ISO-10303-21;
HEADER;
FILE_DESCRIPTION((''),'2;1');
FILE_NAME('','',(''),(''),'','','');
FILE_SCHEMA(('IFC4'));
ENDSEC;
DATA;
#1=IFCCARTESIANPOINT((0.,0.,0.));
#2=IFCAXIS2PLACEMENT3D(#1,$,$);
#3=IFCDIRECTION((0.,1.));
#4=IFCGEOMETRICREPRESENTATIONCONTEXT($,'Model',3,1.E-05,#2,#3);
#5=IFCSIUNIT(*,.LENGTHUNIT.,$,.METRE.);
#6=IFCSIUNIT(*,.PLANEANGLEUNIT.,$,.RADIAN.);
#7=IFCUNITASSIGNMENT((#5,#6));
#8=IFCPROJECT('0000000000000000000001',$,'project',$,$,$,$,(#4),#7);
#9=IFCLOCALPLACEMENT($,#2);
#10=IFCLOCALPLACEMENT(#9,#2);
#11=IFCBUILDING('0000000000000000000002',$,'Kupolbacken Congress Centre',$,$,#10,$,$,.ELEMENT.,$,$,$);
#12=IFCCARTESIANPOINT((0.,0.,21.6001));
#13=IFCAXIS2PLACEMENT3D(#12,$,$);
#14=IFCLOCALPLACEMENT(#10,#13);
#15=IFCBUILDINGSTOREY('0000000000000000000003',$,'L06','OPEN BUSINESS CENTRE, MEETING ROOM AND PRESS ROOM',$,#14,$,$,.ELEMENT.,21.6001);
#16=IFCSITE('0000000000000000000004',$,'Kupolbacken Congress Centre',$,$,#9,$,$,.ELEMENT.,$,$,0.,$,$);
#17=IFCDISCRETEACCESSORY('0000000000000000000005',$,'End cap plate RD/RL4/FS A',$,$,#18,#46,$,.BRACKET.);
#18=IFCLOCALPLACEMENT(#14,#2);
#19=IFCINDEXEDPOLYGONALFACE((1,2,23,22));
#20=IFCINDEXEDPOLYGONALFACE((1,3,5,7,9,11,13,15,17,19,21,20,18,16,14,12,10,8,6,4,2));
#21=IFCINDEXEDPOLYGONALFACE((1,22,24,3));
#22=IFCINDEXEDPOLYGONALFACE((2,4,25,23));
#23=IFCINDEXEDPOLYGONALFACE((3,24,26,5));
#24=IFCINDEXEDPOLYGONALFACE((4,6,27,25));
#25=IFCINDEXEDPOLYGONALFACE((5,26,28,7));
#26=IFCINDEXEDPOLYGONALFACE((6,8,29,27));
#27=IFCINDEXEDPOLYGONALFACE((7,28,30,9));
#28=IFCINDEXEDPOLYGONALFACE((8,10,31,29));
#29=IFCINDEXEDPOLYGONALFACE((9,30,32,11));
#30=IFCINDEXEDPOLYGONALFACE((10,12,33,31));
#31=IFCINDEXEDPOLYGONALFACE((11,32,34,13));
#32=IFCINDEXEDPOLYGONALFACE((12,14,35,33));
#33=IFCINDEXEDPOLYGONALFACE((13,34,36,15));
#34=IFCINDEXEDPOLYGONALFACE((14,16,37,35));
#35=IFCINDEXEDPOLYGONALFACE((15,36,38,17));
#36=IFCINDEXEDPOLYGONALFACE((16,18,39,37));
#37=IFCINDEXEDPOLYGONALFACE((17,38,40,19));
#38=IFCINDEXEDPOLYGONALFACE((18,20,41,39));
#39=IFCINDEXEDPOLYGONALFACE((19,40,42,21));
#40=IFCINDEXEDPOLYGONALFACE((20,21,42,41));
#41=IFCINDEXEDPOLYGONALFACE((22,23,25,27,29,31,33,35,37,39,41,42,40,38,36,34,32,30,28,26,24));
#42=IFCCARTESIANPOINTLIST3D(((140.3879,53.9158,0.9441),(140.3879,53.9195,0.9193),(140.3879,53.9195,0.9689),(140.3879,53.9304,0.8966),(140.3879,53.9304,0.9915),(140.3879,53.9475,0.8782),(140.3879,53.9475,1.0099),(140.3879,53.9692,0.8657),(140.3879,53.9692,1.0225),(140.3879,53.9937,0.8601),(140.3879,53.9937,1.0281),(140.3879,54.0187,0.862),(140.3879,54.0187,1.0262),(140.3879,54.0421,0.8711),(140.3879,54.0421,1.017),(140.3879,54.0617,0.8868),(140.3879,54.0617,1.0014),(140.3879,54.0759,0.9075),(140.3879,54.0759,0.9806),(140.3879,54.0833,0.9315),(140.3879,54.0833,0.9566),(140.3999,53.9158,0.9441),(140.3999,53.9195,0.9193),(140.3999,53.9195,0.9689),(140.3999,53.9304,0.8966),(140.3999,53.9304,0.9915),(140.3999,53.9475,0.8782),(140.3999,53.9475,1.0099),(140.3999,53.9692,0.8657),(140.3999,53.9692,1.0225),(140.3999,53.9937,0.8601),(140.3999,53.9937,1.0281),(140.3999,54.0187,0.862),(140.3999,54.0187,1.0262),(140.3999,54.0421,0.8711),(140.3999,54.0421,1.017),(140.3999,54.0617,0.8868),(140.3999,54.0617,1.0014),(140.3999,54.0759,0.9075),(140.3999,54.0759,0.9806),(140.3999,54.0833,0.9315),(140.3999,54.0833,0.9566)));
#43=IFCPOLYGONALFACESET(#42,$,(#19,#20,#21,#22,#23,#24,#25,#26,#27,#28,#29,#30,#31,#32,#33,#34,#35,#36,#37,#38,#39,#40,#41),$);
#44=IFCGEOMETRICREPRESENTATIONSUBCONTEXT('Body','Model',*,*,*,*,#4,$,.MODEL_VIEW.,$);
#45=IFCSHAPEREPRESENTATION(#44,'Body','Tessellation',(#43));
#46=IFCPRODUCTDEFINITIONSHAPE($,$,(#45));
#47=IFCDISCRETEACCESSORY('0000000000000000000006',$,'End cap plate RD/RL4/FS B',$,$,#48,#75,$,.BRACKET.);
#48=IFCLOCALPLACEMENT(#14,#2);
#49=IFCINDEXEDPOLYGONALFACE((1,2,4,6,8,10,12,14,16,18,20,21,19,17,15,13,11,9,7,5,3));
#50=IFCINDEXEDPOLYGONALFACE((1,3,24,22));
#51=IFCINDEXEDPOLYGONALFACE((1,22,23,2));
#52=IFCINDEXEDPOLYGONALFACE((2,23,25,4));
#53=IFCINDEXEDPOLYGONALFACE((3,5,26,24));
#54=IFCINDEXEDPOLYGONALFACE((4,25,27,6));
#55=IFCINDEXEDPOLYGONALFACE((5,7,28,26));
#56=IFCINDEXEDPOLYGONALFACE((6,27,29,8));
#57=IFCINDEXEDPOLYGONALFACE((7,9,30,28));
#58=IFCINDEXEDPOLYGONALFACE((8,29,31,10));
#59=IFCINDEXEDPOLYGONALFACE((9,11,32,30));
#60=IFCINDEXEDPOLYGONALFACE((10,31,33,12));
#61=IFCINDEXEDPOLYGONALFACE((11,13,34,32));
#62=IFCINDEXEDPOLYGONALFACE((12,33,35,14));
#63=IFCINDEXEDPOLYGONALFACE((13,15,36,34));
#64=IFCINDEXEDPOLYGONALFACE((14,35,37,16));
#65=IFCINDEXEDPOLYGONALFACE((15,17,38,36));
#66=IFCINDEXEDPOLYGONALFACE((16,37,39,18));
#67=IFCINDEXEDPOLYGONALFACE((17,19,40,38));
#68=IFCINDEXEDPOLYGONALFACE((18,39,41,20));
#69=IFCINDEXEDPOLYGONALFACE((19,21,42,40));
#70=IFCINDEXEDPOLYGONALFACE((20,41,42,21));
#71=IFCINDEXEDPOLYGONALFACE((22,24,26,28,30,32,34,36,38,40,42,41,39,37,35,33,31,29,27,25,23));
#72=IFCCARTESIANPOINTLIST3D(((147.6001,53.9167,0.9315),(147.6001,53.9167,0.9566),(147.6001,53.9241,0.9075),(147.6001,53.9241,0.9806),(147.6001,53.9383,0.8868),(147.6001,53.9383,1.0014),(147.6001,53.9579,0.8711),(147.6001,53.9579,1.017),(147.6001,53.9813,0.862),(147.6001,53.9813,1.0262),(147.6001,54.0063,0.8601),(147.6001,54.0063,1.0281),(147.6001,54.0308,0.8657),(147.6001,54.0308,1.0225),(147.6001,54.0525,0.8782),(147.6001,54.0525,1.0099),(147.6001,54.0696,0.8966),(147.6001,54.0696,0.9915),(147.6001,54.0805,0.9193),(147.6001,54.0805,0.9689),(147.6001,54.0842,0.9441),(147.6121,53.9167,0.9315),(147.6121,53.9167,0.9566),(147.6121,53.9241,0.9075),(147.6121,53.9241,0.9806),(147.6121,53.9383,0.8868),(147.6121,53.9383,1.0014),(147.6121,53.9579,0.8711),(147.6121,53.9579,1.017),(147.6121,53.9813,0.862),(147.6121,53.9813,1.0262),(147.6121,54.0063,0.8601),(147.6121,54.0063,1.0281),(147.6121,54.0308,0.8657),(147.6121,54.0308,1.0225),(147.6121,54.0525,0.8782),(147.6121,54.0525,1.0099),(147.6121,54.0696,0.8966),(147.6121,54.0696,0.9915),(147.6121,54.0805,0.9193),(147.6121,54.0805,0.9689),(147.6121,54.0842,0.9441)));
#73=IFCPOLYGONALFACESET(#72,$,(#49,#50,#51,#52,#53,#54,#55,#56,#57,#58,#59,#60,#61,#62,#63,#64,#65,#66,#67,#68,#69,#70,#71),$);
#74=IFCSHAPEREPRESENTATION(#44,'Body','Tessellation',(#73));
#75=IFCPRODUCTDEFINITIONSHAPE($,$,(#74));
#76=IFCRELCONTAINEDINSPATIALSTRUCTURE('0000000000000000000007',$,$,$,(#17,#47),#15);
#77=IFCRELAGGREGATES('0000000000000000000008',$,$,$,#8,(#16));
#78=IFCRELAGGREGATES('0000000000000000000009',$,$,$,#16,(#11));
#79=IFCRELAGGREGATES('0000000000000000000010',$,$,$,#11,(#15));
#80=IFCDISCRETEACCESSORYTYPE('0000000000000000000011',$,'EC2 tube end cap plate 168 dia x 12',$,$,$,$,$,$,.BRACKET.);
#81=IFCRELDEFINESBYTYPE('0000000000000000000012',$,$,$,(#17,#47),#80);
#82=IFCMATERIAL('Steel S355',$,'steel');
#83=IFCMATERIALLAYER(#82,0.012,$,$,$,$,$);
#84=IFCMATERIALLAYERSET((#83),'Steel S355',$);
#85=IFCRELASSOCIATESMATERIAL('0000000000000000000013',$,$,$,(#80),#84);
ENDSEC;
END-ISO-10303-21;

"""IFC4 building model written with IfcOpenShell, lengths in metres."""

from ifc_helpers import new_model, si_unit, direction, frame, origin, origin_2d, place, context, subcontext, project, spatial, circle, extrude, material, layer, layer_set, type_object, element, save


model = new_model("IFC4")

# Units and contexts
model_context = context("Model", 3, precision=1e-05, world=origin(), true_north=direction((0.0, 1.0)))
body_context = subcontext(model_context, "Body", "Model", "MODEL_VIEW")
ifc_project = project(units=[si_unit("LENGTHUNIT", "METRE"), si_unit("PLANEANGLEUNIT", "RADIAN")], contexts=[model_context])

# Site, building, storey
site_placement = place(None, origin())
site = spatial("IfcSite", under=ifc_project, at=site_placement, Name="Kupolbacken Congress Centre", CompositionType="ELEMENT", RefElevation=0.0)
building_placement = place(site_placement, origin())
building = spatial("IfcBuilding", under=site, at=building_placement, Name="Kupolbacken Congress Centre", CompositionType="ELEMENT")
storey_placement = place(building_placement, frame((0.0, 0.0, 21.6001)))
storey = spatial("IfcBuildingStorey", under=building, at=storey_placement, Name="L06", Description="OPEN BUSINESS CENTRE, MEETING ROOM AND PRESS ROOM", CompositionType="ELEMENT", Elevation=21.6001)

# Discrete accessories
ifc_material_1 = material(Name="Steel S355", Category="steel")
ifc_layer_1 = layer(ifc_material_1, 0.012)
ifc_layer_set_1 = layer_set([ifc_layer_1], Name="Steel S355")
discrete_accessory_type = type_object("IfcDiscreteAccessoryType", Name="EC2 tube end cap plate 168 dia x 12", PredefinedType="BRACKET", material=ifc_layer_set_1)
for number, where, z_axis, x_axis, name in (
    (1, (140.3999, 54.0, 0.9441), (-1.0, 0.0, 0.0), (0.0, -1.0, 0.0), "End cap plate RD/RL4/FS A"),
    (2, (147.6001, 54.0, 0.9441), (1.0, 0.0, 0.0), (0.0, 1.0, 0.0), "End cap plate RD/RL4/FS B"),
):
    element("IfcDiscreteAccessory", number, at=place(storey_placement, frame(where, z_axis=z_axis, x_axis=x_axis)), inside=storey, type_object=discrete_accessory_type, Name=name, PredefinedType="BRACKET", context=body_context, shape_type="SweptSolid", body=[
        extrude(circle(Radius=0.0842, at=origin_2d()), origin(), (0.0, 0.0, 1.0), 0.012),
    ])

save(model, "model.ifc")
